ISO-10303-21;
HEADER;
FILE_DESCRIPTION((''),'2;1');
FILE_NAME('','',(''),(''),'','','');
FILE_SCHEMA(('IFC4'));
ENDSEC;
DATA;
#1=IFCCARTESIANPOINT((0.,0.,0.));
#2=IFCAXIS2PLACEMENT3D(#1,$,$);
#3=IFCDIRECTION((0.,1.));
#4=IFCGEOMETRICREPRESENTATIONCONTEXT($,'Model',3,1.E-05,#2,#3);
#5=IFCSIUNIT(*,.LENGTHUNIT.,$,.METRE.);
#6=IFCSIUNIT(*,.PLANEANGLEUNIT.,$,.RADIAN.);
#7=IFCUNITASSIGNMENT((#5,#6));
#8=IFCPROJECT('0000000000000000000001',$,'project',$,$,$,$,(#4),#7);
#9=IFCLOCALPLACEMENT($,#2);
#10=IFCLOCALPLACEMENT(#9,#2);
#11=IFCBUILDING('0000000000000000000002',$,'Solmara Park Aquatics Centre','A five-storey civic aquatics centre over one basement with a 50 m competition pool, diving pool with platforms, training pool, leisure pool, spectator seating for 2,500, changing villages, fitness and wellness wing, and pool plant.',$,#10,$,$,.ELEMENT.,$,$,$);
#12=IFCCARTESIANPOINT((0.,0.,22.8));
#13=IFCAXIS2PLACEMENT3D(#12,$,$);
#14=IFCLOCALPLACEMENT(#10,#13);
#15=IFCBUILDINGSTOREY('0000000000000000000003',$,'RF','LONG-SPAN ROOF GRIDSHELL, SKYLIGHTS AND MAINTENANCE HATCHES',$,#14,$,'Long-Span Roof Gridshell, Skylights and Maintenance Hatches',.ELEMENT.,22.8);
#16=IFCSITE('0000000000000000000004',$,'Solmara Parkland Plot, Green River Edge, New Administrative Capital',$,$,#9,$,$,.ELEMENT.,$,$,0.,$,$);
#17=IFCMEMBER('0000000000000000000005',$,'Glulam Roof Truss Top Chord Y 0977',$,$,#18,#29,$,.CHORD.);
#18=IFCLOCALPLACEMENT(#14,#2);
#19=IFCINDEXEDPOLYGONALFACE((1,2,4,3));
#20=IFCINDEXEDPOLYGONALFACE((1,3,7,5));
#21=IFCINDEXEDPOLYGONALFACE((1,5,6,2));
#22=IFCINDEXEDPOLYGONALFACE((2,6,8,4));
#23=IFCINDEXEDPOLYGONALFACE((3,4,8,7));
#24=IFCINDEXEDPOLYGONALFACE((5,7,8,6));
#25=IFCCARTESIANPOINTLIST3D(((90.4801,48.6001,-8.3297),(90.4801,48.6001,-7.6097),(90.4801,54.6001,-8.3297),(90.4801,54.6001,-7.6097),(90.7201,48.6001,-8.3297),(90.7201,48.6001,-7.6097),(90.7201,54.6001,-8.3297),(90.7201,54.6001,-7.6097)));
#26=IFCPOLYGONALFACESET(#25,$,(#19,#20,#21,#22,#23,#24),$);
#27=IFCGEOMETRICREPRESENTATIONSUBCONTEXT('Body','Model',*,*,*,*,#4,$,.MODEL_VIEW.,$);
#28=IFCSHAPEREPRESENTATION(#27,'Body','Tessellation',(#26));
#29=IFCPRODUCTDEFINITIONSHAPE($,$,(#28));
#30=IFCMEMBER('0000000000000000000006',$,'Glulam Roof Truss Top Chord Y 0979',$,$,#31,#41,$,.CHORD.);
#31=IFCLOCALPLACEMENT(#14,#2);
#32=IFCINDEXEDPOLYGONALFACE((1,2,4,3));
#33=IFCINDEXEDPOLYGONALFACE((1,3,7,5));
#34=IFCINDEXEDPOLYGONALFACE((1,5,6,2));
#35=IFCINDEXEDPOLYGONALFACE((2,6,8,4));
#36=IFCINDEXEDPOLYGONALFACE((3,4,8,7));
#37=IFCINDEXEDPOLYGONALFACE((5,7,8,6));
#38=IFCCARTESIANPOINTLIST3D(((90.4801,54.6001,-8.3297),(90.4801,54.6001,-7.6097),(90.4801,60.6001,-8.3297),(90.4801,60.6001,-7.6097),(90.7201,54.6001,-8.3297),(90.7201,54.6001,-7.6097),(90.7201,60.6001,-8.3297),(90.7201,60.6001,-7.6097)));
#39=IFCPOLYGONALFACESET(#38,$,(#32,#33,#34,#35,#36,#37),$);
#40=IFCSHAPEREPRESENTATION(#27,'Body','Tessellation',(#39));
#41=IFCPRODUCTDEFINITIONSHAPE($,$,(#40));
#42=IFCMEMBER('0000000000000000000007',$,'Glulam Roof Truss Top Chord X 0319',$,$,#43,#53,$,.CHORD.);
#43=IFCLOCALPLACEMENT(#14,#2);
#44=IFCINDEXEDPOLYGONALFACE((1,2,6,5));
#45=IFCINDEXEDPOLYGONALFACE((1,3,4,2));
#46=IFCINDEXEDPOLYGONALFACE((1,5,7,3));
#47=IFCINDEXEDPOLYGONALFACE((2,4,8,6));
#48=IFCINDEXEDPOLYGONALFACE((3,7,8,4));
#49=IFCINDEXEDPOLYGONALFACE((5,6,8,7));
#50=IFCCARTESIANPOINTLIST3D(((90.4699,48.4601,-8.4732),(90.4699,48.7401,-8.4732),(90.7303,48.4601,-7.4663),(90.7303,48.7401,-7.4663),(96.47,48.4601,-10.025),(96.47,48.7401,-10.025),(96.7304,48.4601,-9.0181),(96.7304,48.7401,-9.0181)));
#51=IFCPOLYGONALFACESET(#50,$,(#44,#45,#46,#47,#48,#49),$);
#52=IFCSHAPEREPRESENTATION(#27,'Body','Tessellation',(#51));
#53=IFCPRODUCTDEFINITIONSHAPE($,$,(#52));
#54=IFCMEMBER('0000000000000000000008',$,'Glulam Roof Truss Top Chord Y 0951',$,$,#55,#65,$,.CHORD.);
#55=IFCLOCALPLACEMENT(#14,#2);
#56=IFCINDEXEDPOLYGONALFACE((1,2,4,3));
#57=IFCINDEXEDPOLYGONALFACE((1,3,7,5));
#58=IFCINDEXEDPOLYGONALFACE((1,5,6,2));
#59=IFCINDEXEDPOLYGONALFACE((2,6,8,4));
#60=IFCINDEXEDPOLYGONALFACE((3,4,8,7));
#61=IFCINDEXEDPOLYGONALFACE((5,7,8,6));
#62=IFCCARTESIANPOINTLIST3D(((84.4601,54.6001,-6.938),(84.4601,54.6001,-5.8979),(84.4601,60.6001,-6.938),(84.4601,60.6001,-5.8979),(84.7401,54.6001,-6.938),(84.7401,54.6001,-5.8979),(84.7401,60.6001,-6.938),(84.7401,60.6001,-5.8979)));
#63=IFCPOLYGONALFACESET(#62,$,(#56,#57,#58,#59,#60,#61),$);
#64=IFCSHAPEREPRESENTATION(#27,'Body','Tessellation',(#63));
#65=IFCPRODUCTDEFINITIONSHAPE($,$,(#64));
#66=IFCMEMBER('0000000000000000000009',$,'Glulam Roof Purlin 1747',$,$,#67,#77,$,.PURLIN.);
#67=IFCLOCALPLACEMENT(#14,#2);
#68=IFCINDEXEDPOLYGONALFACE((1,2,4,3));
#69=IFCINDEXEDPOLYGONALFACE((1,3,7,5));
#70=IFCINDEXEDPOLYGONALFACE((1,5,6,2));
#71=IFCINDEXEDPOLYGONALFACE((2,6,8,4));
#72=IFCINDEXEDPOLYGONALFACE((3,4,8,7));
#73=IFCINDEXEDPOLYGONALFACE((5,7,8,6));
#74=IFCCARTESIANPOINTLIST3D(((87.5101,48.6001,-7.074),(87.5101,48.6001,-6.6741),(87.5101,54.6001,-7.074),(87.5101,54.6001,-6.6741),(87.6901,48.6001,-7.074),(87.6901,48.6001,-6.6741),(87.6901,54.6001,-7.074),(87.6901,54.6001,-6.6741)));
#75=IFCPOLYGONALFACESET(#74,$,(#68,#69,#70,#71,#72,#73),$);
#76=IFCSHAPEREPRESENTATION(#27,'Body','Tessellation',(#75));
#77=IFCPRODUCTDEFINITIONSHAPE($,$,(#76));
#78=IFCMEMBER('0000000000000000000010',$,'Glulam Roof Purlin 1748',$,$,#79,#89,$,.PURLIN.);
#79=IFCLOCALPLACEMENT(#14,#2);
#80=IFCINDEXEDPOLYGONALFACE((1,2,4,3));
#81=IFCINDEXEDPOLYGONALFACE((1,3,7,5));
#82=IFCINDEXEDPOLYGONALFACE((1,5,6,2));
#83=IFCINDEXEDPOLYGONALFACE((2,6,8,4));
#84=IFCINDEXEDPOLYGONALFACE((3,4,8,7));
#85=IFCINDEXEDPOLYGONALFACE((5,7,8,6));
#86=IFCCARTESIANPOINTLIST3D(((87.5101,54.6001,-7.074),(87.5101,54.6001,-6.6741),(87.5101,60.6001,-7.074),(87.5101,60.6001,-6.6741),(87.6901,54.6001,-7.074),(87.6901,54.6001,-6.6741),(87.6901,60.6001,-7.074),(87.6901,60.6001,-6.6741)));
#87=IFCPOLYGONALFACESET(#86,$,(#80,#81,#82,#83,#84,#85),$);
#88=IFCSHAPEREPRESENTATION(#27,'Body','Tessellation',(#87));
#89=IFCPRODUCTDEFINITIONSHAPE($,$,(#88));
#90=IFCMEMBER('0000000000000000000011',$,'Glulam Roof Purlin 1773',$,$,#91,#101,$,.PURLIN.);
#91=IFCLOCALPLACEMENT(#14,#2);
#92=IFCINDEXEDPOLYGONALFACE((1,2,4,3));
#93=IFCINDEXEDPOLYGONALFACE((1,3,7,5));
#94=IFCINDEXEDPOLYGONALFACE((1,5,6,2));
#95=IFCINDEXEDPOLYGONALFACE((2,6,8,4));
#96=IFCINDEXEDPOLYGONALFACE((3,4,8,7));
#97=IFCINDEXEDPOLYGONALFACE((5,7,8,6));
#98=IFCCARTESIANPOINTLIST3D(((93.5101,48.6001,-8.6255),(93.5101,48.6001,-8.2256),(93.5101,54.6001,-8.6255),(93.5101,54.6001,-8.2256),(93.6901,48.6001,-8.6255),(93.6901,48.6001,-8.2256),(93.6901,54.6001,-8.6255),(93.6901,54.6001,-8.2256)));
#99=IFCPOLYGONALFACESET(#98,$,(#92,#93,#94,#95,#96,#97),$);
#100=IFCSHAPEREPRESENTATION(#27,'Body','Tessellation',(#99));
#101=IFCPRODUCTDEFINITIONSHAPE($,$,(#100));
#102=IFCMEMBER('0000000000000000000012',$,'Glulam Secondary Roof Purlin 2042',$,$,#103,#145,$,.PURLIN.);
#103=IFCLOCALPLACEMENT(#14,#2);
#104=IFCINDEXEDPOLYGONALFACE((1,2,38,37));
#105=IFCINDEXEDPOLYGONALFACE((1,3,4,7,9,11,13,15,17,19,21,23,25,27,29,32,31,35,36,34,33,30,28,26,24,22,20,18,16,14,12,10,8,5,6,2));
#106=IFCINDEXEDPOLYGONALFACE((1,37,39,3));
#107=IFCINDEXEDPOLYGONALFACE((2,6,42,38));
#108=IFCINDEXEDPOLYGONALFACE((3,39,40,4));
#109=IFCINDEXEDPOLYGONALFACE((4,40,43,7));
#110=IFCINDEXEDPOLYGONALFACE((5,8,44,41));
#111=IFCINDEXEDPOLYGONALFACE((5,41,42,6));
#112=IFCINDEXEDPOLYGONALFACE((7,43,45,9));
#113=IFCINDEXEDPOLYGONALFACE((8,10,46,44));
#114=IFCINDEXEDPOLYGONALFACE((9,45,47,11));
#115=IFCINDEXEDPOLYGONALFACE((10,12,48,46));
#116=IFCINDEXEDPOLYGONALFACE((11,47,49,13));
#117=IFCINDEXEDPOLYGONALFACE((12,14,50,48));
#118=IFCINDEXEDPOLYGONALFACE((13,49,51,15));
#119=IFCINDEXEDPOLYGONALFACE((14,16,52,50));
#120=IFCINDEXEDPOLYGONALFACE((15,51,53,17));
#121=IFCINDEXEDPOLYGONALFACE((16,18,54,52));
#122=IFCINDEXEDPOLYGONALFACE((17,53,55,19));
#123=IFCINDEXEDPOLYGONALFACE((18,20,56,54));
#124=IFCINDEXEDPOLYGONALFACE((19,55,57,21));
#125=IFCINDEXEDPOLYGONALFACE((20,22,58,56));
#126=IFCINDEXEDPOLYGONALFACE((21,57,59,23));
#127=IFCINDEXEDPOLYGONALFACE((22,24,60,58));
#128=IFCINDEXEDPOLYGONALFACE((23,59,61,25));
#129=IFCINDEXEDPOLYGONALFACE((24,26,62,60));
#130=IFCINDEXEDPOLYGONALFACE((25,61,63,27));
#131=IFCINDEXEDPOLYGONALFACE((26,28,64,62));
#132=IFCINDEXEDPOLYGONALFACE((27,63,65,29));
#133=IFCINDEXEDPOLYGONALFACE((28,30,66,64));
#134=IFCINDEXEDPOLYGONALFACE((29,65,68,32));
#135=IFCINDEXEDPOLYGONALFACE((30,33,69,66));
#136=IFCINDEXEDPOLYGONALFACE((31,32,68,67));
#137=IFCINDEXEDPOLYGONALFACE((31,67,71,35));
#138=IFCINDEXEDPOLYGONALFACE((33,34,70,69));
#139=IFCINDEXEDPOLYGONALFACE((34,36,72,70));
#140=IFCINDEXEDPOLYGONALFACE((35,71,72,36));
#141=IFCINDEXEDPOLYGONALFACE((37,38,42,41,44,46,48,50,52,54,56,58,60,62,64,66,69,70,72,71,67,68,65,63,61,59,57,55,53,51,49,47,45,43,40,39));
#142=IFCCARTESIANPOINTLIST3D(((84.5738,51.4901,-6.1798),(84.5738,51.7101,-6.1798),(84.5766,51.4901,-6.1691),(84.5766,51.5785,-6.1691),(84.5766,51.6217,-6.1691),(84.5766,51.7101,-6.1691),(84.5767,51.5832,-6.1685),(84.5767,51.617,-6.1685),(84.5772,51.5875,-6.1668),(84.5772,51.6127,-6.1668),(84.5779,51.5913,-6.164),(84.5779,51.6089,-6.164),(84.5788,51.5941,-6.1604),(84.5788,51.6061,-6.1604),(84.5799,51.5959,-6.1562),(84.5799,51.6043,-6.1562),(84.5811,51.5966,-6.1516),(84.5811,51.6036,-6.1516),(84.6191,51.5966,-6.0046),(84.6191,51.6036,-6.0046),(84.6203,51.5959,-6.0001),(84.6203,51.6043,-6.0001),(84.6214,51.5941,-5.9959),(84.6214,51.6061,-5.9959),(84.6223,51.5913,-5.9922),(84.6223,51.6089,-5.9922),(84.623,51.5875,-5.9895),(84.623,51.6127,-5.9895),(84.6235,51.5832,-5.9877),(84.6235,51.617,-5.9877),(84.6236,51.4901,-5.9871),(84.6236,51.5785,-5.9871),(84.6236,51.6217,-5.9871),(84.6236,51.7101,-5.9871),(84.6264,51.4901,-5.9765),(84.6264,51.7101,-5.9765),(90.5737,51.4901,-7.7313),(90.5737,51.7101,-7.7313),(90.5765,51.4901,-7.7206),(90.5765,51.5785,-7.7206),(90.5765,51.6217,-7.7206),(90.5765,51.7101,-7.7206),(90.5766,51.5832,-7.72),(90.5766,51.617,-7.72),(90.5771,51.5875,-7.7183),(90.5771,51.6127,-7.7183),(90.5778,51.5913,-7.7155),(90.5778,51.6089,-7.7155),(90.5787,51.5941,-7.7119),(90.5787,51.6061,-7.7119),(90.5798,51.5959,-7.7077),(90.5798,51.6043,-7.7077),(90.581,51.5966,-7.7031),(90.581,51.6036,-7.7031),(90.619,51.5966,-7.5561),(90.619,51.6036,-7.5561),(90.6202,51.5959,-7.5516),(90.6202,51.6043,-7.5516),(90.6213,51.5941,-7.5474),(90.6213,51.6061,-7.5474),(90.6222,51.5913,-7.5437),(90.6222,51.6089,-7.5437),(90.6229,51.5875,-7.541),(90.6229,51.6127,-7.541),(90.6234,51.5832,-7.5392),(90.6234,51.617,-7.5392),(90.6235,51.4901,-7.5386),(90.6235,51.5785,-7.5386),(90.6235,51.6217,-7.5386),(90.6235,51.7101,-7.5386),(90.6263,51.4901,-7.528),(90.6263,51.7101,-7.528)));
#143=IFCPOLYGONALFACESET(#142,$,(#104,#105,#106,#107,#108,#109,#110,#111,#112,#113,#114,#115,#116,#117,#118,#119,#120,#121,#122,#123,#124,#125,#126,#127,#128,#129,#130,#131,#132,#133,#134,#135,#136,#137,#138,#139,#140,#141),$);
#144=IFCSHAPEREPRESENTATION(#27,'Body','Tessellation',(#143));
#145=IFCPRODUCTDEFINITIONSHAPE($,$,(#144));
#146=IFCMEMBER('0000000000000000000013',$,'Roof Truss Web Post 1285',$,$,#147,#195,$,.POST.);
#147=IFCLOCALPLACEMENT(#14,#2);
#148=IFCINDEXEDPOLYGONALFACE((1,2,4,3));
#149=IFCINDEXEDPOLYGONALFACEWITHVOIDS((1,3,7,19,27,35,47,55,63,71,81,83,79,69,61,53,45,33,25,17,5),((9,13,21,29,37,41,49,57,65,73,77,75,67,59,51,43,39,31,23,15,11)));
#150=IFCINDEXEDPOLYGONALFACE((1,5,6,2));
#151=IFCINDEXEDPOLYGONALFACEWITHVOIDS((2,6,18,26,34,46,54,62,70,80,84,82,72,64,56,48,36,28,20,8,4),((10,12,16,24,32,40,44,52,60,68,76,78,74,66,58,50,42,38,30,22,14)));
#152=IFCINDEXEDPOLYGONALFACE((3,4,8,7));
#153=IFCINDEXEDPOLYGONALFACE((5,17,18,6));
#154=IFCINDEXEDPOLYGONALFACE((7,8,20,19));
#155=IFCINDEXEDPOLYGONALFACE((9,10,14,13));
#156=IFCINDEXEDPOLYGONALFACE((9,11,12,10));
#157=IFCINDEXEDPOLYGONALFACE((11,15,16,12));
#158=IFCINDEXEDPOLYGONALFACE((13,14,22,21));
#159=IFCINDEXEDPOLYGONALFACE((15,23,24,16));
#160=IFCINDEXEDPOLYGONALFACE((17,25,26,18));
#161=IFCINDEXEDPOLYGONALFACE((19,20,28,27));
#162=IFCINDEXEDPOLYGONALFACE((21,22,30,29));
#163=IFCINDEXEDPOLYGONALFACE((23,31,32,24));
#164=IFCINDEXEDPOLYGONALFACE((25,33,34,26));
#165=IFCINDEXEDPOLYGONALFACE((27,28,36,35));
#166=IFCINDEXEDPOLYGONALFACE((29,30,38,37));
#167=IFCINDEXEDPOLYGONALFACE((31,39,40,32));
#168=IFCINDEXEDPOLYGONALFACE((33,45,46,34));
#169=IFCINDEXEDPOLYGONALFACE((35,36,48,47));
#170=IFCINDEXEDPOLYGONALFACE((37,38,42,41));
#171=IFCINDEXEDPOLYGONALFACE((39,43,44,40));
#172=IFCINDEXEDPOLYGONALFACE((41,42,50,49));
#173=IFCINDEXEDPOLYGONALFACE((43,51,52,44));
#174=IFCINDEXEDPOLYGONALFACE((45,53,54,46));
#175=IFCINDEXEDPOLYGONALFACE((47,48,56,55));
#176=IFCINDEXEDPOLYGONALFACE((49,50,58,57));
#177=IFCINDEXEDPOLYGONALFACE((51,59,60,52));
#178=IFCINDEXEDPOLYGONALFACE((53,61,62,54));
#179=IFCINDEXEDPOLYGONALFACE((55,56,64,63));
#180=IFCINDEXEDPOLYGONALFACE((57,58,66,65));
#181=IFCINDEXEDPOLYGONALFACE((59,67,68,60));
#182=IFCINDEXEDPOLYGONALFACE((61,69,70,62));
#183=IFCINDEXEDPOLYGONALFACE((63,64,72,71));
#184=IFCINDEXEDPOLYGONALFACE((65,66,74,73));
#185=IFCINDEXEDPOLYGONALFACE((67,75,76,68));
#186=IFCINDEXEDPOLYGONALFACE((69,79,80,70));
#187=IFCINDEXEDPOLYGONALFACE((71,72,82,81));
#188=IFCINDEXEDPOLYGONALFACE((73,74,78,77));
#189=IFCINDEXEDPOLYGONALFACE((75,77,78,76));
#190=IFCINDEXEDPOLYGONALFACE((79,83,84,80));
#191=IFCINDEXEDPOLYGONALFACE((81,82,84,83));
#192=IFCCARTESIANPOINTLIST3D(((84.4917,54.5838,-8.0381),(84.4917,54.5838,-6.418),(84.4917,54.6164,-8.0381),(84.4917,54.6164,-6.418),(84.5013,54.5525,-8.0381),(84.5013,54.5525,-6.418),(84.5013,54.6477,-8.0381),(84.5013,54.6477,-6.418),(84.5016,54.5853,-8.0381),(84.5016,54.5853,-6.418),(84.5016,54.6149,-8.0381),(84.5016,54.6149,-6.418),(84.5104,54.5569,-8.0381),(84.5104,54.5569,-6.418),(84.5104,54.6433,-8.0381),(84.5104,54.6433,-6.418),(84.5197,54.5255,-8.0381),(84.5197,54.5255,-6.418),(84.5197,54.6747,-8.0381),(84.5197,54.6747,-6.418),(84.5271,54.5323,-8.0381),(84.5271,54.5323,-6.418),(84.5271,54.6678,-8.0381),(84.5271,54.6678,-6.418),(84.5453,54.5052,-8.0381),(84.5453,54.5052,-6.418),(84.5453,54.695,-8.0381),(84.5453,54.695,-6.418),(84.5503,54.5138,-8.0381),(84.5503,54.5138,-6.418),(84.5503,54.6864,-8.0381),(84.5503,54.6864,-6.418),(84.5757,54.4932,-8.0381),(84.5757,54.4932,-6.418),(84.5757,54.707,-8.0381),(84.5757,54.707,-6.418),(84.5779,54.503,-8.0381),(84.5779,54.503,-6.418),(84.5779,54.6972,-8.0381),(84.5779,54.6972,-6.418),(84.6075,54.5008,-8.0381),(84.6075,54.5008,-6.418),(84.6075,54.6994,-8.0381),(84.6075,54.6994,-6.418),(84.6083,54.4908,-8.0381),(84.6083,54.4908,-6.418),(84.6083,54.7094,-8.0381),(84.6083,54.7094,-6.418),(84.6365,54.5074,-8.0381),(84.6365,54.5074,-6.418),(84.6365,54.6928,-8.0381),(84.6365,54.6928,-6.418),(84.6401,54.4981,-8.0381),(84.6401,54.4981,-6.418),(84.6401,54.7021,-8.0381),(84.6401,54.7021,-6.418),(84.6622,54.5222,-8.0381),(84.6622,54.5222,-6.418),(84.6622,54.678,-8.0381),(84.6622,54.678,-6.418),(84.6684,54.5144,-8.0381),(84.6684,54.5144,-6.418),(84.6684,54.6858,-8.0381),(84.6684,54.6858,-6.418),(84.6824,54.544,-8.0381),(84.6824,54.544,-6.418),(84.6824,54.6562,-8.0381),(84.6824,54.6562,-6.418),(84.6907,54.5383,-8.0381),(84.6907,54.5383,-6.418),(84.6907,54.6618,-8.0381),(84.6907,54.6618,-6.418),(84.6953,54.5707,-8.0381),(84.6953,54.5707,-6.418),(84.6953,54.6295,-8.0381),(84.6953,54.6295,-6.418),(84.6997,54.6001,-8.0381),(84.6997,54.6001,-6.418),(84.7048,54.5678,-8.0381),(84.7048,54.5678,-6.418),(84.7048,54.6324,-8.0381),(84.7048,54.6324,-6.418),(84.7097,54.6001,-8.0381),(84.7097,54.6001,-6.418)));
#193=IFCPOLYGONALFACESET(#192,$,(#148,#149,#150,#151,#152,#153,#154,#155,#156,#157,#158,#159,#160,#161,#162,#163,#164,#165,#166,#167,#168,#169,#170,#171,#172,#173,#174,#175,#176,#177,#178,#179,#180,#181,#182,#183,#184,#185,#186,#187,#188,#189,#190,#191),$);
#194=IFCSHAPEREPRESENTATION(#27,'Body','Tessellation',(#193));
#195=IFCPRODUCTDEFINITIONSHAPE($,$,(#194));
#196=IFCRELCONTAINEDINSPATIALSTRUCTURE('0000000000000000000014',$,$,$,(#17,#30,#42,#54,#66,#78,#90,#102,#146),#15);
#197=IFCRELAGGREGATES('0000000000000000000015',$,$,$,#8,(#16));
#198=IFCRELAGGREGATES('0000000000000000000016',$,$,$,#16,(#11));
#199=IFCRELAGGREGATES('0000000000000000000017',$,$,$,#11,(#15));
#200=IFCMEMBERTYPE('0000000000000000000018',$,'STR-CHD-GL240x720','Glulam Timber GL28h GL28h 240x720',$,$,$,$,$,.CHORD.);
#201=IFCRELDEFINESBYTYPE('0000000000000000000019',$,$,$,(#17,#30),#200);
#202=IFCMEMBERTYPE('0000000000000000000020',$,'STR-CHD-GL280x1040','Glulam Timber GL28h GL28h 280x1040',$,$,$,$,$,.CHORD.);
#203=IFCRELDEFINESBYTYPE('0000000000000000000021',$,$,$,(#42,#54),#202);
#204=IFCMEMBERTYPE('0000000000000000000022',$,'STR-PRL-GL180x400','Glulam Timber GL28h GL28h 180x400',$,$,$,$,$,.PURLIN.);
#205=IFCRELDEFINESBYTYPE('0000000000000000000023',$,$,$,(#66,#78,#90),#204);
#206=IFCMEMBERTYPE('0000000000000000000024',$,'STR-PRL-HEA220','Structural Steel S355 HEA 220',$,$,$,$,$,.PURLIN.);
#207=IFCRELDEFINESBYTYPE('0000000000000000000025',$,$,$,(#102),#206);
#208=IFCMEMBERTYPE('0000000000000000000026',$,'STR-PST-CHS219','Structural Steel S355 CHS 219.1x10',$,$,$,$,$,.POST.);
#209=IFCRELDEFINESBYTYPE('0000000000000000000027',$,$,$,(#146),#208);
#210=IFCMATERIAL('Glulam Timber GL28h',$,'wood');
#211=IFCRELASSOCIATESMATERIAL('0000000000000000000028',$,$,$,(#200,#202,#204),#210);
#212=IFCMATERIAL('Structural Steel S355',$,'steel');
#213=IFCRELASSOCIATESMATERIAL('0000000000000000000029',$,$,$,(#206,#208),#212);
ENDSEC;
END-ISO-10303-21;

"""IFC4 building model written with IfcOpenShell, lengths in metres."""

from ifc_helpers import new_model, si_unit, direction, frame, origin, origin_2d, place, context, subcontext, project, spatial, rectangle, hollow_circle, i_section, extrude, material, material_profile, profile_set, type_object, element, save


model = new_model("IFC4")

# Units and contexts
model_context = context("Model", 3, precision=1e-05, world=origin(), true_north=direction((0.0, 1.0)))
body_context = subcontext(model_context, "Body", "Model", "MODEL_VIEW")
ifc_project = project(units=[si_unit("LENGTHUNIT", "METRE"), si_unit("PLANEANGLEUNIT", "RADIAN")], contexts=[model_context])

# Site, building, storey
site_placement = place(None, origin())
site = spatial("IfcSite", under=ifc_project, at=site_placement, Name="Solmara Parkland Plot, Green River Edge, New Administrative Capital", CompositionType="ELEMENT", RefElevation=0.0)
building_placement = place(site_placement, origin())
building = spatial("IfcBuilding", under=site, at=building_placement, Name="Solmara Park Aquatics Centre", Description="A five-storey civic aquatics centre over one basement with a 50 m competition pool, diving pool with platforms, training pool, leisure pool, spectator seating for 2,500, changing villages, fitness and wellness wing, and pool plant.", CompositionType="ELEMENT")
storey_placement = place(building_placement, frame((0.0, 0.0, 22.8)))
storey = spatial("IfcBuildingStorey", under=building, at=storey_placement, Name="RF", Description="LONG-SPAN ROOF GRIDSHELL, SKYLIGHTS AND MAINTENANCE HATCHES", LongName="Long-Span Roof Gridshell, Skylights and Maintenance Hatches", CompositionType="ELEMENT", Elevation=22.8)

# Members
ifc_material_1 = material(Name="Structural Steel S355", Category="steel")
ifc_material_2 = material(Name="Glulam Timber GL28h", Category="wood")
ifc_material_profile_1 = material_profile(ifc_material_2, rectangle(XDim=0.24, YDim=0.72, at=origin_2d()), Name="GL28h 240x720")
ifc_profile_set_1 = profile_set([ifc_material_profile_1], Name="Glulam Timber GL28h")
member_type_1 = type_object("IfcMemberType", Name="STR-CHD-GL240x720", Description="Glulam Timber GL28h GL28h 240x720", PredefinedType="CHORD", material=ifc_profile_set_1)
for number, where, z_axis, x_axis, name in (
    (1, (90.6001, 48.6001, -7.9697), (0.0, 1.0, 0.0), (-1.0, 0.0, 0.0), "Glulam Roof Truss Top Chord Y 0977"),
    (2, (90.6001, 54.6001, -7.9697), (0.0, 1.0, 0.0), (-1.0, 0.0, 0.0), "Glulam Roof Truss Top Chord Y 0979"),
):
    element("IfcMember", number, at=place(storey_placement, frame(where, z_axis=z_axis, x_axis=x_axis)), inside=storey, type_object=member_type_1, Name=name, PredefinedType="CHORD", context=body_context, shape_type="SweptSolid", body=[
        extrude(rectangle(XDim=0.24, YDim=0.72, at=origin_2d()), origin(), (0.0, 0.0, 1.0), 6.0),
    ])
ifc_material_profile_2 = material_profile(ifc_material_2, rectangle(XDim=0.28, YDim=1.04, at=origin_2d()), Name="GL28h 280x1040")
ifc_profile_set_2 = profile_set([ifc_material_profile_2], Name="Glulam Timber GL28h")
member_type_2 = type_object("IfcMemberType", Name="STR-CHD-GL280x1040", Description="Glulam Timber GL28h GL28h 280x1040", PredefinedType="CHORD", material=ifc_profile_set_2)
member_1_placement = place(storey_placement, frame((90.6001, 48.6001, -7.9697), z_axis=(0.968146, 0.0, -0.250388), x_axis=(0.0, 1.0, 0.0)))
element("IfcMember", 3, at=member_1_placement, inside=storey, type_object=member_type_2, Name="Glulam Roof Truss Top Chord X 0319", PredefinedType="CHORD", context=body_context, shape_type="SweptSolid", body=[
    extrude(rectangle(XDim=0.28, YDim=1.04, at=origin_2d()), origin(), (0.0, 0.0, 1.0), 6.1975),
])
member_2_placement = place(storey_placement, frame((84.6001, 54.6001, -6.418), z_axis=(0.0, 1.0, 0.0), x_axis=(-1.0, 0.0, 0.0)))
element("IfcMember", 4, at=member_2_placement, inside=storey, type_object=member_type_2, Name="Glulam Roof Truss Top Chord Y 0951", PredefinedType="CHORD", context=body_context, shape_type="SweptSolid", body=[
    extrude(rectangle(XDim=0.28, YDim=1.04, at=origin_2d()), origin(), (0.0, 0.0, 1.0), 6.0),
])
ifc_material_profile_3 = material_profile(ifc_material_2, rectangle(XDim=0.1799, YDim=0.3999, at=origin_2d()), Name="GL28h 180x400")
ifc_profile_set_3 = profile_set([ifc_material_profile_3], Name="Glulam Timber GL28h")
member_type_3 = type_object("IfcMemberType", Name="STR-PRL-GL180x400", Description="Glulam Timber GL28h GL28h 180x400", PredefinedType="PURLIN", material=ifc_profile_set_3)
for number, where, z_axis, x_axis, name in (
    (5, (87.6001, 48.6001, -6.874), (0.0, 1.0, 0.0), (-1.0, 0.0, 0.0), "Glulam Roof Purlin 1747"),
    (6, (87.6001, 54.6001, -6.874), (0.0, 1.0, 0.0), (-1.0, 0.0, 0.0), "Glulam Roof Purlin 1748"),
    (7, (93.6001, 48.6001, -8.4255), (0.0, 1.0, 0.0), (-1.0, 0.0, 0.0), "Glulam Roof Purlin 1773"),
):
    element("IfcMember", number, at=place(storey_placement, frame(where, z_axis=z_axis, x_axis=x_axis)), inside=storey, type_object=member_type_3, Name=name, PredefinedType="PURLIN", context=body_context, shape_type="SweptSolid", body=[
        extrude(rectangle(XDim=0.1799, YDim=0.3999, at=origin_2d()), origin(), (0.0, 0.0, 1.0), 6.0),
    ])
ifc_material_profile_4 = material_profile(ifc_material_1, i_section(OverallWidth=0.22, OverallDepth=0.21, WebThickness=0.0071, FlangeThickness=0.011, FilletRadius=0.0181, at=origin_2d()), Name="HEA 220")
ifc_profile_set_4 = profile_set([ifc_material_profile_4], Name="Structural Steel S355")
member_type_4 = type_object("IfcMemberType", Name="STR-PRL-HEA220", Description="Structural Steel S355 HEA 220", PredefinedType="PURLIN", material=ifc_profile_set_4)
member_3_placement = place(storey_placement, frame((84.6001, 51.6001, -6.0781), z_axis=(0.968155, 0.0, -0.250351), x_axis=(0.0, 1.0, 0.0)))
element("IfcMember", 8, at=member_3_placement, inside=storey, type_object=member_type_4, Name="Glulam Secondary Roof Purlin 2042", PredefinedType="PURLIN", context=body_context, shape_type="SweptSolid", body=[
    extrude(i_section(OverallWidth=0.22, OverallDepth=0.21, WebThickness=0.0071, FlangeThickness=0.011, FilletRadius=0.0181, at=origin_2d()), origin(), (0.0, 0.0, 1.0), 6.1973),
])
ifc_material_profile_5 = material_profile(ifc_material_1, hollow_circle(Radius=0.1096, WallThickness=0.01, at=origin_2d()), Name="CHS 219.1x10")
ifc_profile_set_5 = profile_set([ifc_material_profile_5], Name="Structural Steel S355")
member_type_5 = type_object("IfcMemberType", Name="STR-PST-CHS219", Description="Structural Steel S355 CHS 219.1x10", PredefinedType="POST", material=ifc_profile_set_5)
for number, where, z_axis, x_axis, name in (
    (9, (84.6001, 54.6001, -8.0381), (0.0, 0.0, 1.0), (1.0, 0.0, 0.0), "Roof Truss Web Post 1285"),
):
    element("IfcMember", number, at=place(storey_placement, frame(where, z_axis=z_axis, x_axis=x_axis)), inside=storey, type_object=member_type_5, Name=name, PredefinedType="POST", context=body_context, shape_type="SweptSolid", body=[
        extrude(hollow_circle(Radius=0.1096, WallThickness=0.01, at=origin_2d()), origin(), (0.0, 0.0, 1.0), 1.6201),
    ])

save(model, "model.ifc")
